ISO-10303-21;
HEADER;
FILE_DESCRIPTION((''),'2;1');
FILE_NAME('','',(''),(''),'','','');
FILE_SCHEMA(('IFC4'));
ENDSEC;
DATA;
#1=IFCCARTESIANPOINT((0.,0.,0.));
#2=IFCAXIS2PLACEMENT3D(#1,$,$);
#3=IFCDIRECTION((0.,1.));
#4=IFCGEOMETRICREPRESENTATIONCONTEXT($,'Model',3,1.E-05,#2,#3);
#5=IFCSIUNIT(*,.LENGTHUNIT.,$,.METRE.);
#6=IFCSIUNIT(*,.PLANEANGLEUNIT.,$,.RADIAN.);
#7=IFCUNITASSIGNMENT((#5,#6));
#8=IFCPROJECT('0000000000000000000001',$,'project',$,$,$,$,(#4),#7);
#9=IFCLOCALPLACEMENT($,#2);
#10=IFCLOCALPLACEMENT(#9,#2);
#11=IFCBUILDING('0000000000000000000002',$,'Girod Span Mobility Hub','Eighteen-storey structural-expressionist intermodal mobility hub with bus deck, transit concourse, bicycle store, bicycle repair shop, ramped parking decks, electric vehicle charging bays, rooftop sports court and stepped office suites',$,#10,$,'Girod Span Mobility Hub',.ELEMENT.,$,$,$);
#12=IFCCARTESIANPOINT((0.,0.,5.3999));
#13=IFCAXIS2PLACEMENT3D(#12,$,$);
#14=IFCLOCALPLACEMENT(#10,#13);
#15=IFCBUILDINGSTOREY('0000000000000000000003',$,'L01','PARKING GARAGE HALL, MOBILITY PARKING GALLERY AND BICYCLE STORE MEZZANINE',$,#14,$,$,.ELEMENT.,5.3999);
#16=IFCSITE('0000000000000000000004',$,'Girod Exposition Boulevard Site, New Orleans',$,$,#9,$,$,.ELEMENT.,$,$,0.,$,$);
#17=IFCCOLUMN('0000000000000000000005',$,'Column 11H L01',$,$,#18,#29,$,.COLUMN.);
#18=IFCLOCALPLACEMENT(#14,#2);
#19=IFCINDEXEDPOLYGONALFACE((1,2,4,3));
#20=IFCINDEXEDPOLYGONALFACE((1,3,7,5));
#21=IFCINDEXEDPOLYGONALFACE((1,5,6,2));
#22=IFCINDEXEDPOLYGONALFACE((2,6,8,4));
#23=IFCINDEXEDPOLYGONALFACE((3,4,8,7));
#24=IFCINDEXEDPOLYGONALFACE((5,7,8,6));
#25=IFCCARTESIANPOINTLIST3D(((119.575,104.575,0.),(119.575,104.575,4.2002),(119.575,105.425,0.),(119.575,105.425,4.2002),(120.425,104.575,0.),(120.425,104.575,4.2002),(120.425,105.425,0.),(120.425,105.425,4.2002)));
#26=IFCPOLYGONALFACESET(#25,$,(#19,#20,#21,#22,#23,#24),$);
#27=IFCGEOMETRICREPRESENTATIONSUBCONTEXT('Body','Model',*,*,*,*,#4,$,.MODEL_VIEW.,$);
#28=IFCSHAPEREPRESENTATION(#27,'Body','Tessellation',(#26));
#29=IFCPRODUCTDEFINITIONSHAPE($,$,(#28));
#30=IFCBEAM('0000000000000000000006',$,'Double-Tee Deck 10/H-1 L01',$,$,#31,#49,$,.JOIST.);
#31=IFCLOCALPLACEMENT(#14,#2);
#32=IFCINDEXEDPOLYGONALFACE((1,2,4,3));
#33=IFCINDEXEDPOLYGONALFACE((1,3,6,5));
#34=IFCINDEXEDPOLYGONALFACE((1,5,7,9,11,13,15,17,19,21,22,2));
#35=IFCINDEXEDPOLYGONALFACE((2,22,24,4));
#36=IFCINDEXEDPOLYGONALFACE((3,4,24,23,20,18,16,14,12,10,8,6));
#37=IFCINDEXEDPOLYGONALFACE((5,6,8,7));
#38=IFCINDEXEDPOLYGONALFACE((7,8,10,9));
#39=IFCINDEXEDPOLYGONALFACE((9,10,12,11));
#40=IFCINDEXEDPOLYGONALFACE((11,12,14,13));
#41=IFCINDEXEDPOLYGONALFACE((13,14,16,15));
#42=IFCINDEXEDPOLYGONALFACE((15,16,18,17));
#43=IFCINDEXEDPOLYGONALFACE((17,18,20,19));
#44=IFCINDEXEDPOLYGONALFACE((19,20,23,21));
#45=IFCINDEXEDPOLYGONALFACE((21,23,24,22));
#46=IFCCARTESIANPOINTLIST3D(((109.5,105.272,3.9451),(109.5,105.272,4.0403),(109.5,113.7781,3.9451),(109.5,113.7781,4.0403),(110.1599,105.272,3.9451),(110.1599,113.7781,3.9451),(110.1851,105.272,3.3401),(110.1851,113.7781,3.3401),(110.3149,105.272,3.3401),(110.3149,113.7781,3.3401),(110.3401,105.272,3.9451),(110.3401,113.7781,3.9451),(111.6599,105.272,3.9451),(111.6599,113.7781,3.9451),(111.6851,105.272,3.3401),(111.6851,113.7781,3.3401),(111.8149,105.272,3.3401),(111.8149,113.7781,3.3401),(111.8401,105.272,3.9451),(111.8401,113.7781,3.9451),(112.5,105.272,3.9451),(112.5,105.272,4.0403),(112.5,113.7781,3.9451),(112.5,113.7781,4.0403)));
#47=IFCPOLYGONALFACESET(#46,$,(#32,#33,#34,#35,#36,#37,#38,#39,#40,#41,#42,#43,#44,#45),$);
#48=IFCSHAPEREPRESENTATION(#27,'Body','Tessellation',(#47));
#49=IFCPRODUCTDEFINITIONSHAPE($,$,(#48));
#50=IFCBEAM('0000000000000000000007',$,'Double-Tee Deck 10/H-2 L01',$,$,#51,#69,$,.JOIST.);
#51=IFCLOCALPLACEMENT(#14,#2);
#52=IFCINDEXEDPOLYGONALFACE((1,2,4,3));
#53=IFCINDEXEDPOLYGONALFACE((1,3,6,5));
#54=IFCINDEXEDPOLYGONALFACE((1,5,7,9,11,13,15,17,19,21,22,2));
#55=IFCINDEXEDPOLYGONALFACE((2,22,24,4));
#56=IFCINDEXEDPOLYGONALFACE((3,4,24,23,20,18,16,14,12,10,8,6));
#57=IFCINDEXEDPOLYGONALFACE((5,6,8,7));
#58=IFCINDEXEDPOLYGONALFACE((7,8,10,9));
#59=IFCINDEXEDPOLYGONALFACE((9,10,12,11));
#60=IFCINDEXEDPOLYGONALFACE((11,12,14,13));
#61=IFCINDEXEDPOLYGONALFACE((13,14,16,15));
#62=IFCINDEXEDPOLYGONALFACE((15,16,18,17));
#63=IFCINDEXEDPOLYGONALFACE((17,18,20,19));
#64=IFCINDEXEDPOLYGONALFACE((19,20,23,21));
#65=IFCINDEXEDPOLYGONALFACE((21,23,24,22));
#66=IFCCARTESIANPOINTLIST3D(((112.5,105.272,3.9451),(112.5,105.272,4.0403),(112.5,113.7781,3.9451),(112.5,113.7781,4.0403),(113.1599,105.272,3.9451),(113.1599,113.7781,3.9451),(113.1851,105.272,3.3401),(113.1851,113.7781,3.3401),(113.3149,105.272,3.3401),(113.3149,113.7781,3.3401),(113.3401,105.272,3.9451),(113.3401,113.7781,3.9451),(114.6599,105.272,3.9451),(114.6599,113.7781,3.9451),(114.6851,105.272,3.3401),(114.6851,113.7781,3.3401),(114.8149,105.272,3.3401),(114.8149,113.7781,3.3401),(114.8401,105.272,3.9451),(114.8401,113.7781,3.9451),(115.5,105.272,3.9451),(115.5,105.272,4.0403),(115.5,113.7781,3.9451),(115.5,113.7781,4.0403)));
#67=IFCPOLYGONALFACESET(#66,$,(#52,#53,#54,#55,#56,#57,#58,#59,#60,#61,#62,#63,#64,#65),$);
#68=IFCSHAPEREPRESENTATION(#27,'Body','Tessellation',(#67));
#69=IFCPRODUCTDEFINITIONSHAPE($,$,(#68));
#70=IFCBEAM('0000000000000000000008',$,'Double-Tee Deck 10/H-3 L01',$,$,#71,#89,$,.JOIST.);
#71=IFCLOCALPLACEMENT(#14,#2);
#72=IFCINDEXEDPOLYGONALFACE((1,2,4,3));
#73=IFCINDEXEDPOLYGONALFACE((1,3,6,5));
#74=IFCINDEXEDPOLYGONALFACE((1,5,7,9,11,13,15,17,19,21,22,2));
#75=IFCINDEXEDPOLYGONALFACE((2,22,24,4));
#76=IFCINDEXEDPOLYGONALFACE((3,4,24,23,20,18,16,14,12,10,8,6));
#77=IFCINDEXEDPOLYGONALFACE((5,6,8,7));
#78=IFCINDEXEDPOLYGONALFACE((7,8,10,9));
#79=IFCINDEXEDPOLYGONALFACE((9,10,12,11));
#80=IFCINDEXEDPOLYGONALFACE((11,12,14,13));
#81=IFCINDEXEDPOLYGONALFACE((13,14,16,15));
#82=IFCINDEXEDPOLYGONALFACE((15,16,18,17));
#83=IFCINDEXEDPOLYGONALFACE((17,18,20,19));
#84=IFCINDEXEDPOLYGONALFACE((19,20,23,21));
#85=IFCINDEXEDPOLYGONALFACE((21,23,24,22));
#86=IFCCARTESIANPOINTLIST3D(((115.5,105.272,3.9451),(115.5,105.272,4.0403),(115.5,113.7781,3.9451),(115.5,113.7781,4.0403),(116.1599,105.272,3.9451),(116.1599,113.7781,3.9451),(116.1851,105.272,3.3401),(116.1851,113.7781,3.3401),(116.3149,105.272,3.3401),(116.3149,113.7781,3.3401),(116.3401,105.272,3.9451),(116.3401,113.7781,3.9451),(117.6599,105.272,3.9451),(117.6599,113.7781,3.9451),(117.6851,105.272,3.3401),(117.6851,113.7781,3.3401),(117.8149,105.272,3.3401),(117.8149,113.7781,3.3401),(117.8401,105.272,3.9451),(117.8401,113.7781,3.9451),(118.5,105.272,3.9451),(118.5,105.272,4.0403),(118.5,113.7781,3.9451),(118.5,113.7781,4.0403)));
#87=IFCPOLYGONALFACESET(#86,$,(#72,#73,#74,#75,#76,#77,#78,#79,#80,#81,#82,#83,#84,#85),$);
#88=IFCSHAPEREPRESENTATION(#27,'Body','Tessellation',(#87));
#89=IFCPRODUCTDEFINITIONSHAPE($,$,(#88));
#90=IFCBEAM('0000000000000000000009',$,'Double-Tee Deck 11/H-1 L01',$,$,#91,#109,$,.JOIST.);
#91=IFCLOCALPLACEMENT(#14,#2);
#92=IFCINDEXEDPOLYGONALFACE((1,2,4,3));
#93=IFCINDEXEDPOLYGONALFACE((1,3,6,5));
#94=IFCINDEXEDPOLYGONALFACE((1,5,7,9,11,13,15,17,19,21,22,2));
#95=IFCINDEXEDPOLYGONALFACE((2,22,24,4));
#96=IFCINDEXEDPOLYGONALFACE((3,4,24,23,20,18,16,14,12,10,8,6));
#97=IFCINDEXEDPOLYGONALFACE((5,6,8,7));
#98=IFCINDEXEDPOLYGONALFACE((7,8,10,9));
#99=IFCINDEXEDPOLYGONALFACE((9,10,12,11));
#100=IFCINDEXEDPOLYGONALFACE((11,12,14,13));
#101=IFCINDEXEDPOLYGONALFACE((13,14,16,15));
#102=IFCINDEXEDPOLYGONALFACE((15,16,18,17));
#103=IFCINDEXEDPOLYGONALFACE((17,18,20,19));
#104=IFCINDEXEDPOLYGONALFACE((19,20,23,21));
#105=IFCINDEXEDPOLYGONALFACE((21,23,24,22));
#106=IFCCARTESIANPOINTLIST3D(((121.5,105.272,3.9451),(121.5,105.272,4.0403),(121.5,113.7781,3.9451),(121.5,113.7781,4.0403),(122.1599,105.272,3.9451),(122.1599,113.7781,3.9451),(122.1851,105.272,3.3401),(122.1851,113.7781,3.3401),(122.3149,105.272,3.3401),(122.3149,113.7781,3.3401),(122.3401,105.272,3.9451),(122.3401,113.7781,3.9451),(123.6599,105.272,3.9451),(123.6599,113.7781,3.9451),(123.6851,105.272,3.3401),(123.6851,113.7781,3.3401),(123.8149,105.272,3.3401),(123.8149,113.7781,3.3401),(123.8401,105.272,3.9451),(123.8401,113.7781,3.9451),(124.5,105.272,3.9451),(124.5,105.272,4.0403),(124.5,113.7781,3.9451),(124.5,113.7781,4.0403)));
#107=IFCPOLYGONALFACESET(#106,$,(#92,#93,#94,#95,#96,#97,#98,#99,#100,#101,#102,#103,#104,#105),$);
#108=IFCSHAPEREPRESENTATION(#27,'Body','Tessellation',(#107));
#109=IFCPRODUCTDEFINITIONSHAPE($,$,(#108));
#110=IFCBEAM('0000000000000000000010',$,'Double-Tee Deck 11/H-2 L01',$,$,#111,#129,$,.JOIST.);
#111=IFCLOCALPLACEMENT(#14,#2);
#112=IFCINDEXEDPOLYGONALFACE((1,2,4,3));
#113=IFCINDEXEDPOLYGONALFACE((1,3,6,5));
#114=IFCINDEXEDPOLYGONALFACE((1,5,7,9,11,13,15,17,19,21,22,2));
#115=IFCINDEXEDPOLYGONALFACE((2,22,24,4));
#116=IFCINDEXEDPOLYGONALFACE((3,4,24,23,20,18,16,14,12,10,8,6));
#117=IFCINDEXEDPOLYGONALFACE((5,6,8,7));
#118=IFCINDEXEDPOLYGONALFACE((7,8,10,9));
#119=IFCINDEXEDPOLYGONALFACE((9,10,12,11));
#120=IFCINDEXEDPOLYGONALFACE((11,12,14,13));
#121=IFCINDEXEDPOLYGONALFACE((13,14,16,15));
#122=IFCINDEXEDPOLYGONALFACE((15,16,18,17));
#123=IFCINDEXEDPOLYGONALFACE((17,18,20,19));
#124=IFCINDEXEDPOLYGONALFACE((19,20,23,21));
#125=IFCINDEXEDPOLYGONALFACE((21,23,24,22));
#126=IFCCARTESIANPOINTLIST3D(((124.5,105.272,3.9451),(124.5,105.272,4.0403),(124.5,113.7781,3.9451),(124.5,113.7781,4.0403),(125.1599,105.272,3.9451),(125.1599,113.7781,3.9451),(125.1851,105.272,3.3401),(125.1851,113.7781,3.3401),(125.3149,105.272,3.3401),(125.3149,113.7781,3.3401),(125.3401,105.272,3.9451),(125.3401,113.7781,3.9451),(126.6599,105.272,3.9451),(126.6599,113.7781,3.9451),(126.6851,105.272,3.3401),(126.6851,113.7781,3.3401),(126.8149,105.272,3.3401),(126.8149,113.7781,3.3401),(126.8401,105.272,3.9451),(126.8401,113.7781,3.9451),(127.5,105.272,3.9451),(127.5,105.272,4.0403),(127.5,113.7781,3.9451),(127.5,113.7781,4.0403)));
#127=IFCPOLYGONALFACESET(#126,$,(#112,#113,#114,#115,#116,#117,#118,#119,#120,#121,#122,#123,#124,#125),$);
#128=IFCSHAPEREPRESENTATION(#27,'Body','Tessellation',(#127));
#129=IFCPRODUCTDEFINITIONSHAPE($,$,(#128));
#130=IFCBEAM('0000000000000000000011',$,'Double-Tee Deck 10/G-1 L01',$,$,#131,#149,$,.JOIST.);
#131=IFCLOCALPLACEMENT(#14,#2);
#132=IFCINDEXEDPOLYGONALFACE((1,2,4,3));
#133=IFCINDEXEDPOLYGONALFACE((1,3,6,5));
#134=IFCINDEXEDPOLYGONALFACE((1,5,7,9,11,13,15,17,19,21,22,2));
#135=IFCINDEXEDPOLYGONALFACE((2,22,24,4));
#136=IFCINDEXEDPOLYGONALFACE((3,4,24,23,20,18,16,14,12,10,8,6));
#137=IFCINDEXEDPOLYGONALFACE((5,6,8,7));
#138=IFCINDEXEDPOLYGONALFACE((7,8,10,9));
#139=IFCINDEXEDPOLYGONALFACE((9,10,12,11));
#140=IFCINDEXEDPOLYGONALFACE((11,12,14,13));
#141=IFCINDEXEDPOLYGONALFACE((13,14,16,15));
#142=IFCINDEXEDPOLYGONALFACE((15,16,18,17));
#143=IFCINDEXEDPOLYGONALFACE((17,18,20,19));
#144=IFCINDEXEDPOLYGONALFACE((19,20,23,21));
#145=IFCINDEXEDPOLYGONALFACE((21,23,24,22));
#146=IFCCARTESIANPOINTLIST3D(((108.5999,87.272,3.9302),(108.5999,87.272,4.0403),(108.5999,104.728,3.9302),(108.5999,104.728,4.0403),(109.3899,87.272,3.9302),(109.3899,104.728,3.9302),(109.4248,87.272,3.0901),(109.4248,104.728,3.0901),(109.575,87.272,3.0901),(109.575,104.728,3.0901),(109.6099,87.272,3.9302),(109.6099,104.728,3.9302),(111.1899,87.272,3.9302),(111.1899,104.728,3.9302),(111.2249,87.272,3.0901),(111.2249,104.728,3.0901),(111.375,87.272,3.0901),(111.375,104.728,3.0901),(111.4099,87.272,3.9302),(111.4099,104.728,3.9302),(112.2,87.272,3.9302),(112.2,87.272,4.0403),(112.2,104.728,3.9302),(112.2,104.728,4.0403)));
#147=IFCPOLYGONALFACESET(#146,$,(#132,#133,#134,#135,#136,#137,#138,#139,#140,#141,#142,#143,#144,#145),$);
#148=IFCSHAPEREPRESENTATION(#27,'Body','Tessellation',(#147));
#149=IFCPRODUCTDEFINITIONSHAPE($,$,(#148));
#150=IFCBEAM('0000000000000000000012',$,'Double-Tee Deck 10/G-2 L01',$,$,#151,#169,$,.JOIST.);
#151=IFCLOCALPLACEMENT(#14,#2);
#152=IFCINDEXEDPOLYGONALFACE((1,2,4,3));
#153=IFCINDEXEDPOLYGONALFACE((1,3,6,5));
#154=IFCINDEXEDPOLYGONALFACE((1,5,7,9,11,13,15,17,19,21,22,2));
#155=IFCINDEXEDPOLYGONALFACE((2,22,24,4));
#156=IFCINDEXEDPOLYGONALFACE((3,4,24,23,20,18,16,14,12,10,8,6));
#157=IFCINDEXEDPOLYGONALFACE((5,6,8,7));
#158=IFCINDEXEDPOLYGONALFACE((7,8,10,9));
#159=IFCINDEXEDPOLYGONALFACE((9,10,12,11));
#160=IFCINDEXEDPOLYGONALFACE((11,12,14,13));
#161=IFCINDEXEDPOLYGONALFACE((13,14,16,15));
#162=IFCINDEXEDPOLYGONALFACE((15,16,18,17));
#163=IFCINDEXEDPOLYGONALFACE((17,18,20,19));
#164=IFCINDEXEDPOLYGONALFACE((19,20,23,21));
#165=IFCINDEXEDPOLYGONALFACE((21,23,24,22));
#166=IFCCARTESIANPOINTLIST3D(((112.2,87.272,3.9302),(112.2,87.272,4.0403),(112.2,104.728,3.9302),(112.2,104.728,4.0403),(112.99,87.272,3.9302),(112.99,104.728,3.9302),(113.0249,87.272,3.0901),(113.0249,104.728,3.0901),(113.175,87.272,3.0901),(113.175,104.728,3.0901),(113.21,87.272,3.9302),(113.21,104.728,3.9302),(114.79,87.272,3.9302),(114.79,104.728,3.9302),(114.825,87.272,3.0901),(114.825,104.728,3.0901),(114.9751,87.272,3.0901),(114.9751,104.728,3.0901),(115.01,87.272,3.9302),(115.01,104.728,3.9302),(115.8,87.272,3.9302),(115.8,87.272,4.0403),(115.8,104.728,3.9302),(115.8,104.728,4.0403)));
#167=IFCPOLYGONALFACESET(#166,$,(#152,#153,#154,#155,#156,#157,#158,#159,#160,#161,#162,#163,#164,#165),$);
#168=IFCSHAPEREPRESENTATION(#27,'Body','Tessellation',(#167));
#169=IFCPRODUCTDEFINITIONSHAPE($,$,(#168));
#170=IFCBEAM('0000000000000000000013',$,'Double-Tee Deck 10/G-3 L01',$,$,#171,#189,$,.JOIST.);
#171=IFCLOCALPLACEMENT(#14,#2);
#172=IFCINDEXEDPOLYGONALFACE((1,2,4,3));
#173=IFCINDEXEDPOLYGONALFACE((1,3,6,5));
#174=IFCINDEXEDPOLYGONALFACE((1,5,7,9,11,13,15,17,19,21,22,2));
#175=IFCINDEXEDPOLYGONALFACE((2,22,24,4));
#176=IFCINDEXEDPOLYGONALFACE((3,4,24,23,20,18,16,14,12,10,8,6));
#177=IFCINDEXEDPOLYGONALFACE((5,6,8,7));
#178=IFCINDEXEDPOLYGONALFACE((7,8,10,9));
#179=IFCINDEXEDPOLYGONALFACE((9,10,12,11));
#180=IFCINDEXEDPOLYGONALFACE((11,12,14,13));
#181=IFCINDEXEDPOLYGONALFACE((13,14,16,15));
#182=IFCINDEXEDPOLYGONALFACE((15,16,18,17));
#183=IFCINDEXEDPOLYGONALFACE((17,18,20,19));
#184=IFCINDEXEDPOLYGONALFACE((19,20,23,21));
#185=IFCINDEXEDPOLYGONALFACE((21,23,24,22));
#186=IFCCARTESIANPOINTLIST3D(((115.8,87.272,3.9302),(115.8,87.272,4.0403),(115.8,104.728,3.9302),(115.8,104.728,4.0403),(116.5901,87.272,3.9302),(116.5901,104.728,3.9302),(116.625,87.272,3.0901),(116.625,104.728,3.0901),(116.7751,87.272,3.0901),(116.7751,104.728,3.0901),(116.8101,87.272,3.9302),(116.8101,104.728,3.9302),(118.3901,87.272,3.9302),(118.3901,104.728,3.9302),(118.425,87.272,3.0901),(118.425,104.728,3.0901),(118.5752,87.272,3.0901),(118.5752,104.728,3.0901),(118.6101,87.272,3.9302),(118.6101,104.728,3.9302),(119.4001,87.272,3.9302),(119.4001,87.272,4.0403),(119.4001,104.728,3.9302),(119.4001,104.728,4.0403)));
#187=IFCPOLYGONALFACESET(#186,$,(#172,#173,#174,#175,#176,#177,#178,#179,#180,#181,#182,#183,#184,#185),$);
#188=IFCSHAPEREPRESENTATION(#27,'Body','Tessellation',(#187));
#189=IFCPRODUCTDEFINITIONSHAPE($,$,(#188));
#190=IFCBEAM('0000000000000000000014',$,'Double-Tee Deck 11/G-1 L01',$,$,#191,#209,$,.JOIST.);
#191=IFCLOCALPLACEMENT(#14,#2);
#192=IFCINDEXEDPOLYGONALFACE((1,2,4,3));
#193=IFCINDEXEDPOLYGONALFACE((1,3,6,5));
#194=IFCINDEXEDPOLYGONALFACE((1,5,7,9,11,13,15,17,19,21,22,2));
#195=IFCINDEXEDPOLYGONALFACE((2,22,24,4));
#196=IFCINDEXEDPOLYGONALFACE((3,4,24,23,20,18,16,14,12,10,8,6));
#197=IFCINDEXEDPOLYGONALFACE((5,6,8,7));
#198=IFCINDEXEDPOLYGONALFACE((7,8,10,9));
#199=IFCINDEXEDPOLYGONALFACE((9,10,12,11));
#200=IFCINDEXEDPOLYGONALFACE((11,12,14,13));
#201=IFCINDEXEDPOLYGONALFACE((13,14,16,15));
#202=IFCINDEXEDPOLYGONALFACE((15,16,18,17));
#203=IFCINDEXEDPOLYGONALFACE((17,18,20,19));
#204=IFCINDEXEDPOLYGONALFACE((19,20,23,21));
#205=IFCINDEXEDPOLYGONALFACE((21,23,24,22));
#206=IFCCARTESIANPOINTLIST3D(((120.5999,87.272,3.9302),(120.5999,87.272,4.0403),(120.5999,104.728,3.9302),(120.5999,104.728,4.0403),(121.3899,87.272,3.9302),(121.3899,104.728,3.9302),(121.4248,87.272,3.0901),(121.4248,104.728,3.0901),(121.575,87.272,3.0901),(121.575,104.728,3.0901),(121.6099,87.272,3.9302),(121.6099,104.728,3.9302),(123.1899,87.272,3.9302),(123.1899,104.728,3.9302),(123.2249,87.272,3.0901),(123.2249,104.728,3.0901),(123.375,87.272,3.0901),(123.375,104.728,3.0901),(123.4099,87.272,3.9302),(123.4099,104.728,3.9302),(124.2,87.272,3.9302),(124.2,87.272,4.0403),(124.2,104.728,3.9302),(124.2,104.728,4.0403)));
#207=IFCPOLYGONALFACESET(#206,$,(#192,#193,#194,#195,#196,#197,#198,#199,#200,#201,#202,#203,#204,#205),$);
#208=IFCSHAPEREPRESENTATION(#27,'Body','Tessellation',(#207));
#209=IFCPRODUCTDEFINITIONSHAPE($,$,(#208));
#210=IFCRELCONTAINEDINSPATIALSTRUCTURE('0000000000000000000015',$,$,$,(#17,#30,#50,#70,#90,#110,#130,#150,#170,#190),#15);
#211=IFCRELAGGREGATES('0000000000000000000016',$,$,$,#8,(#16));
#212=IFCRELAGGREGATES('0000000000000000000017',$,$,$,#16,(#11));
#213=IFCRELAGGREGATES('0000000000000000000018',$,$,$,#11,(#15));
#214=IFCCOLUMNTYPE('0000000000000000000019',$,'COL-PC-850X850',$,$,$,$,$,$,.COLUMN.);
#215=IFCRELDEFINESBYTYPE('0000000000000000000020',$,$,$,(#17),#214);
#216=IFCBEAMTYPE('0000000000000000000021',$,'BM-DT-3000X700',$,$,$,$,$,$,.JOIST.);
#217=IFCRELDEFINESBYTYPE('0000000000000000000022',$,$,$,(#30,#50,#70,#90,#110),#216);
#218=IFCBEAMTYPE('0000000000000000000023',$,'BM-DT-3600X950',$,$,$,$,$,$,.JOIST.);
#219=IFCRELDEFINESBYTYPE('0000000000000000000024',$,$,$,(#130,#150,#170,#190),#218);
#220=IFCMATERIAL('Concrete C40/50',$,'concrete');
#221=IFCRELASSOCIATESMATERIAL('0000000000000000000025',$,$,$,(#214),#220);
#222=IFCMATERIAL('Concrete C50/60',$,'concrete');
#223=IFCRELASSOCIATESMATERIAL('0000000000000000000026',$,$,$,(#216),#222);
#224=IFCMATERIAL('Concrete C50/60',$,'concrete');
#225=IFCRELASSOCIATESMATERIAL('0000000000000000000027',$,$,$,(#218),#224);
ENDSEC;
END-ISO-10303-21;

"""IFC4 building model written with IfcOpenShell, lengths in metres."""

from ifc_helpers import new_model, si_unit, direction, frame, origin, origin_2d, place, context, subcontext, project, spatial, polyline, rectangle, outline, extrude, material, material_profile, profile_set, type_object, element, save


model = new_model("IFC4")

# Units and contexts
model_context = context("Model", 3, precision=1e-05, world=origin(), true_north=direction((0.0, 1.0)))
body_context = subcontext(model_context, "Body", "Model", "MODEL_VIEW")
ifc_project = project(units=[si_unit("LENGTHUNIT", "METRE"), si_unit("PLANEANGLEUNIT", "RADIAN")], contexts=[model_context])

# Site, building, storey
site_placement = place(None, origin())
site = spatial("IfcSite", under=ifc_project, at=site_placement, Name="Girod Exposition Boulevard Site, New Orleans", CompositionType="ELEMENT", RefElevation=0.0)
building_placement = place(site_placement, origin())
building = spatial("IfcBuilding", under=site, at=building_placement, Name="Girod Span Mobility Hub", Description="Eighteen-storey structural-expressionist intermodal mobility hub with bus deck, transit concourse, bicycle store, bicycle repair shop, ramped parking decks, electric vehicle charging bays, rooftop sports court and stepped office suites", LongName="Girod Span Mobility Hub", CompositionType="ELEMENT")
storey_placement = place(building_placement, frame((0.0, 0.0, 5.3999)))
storey = spatial("IfcBuildingStorey", under=building, at=storey_placement, Name="L01", Description="PARKING GARAGE HALL, MOBILITY PARKING GALLERY AND BICYCLE STORE MEZZANINE", CompositionType="ELEMENT", Elevation=5.3999)

# Column
ifc_material_1 = material(Name="Concrete C40/50", Category="concrete")
ifc_material_profile_1 = material_profile(ifc_material_1, rectangle(XDim=0.8501, YDim=0.8501, at=origin_2d()), Name="PC-COL-850X850")
ifc_profile_set_1 = profile_set([ifc_material_profile_1], Name="Concrete C40/50")
column_type = type_object("IfcColumnType", Name="COL-PC-850X850", PredefinedType="COLUMN", material=ifc_profile_set_1)
column_placement = place(storey_placement, frame((120.0, 105.0, 0.0), z_axis=(0.0, 0.0, 1.0), x_axis=(1.0, 0.0, 0.0)))
element("IfcColumn", 1, at=column_placement, inside=storey, type_object=column_type, Name="Column 11H L01", PredefinedType="COLUMN", context=body_context, shape_type="SweptSolid", body=[
    extrude(rectangle(XDim=0.8501, YDim=0.8501, at=origin_2d()), origin(), (0.0, 0.0, 1.0), 4.2002),
])

# Beams
ifc_material_2 = material(Name="Concrete C50/60", Category="concrete")
ifc_material_profile_2 = material_profile(ifc_material_2, outline(polyline([(-1.5, 0.3501), (-1.5, 0.2549), (-0.8401, 0.2549), (-0.8149, -0.3501), (-0.6851, -0.3501), (-0.6599, 0.2549), (0.6599, 0.2549), (0.6851, -0.3501), (0.8149, -0.3501), (0.8401, 0.2549), (1.5, 0.2549), (1.5, 0.3501), (-1.5, 0.3501)])), Name="DT-3000X700")
ifc_profile_set_2 = profile_set([ifc_material_profile_2], Name="Concrete C50/60")
beam_type_1 = type_object("IfcBeamType", Name="BM-DT-3000X700", PredefinedType="JOIST", material=ifc_profile_set_2)
for number, where, z_axis, x_axis, name in (
    (2, (111.0, 105.272, 3.6902), (0.0, 1.0, 0.0), (-1.0, 0.0, 0.0), "Double-Tee Deck 10/H-1 L01"),
    (3, (114.0, 105.272, 3.6902), (0.0, 1.0, 0.0), (-1.0, 0.0, 0.0), "Double-Tee Deck 10/H-2 L01"),
    (4, (117.0, 105.272, 3.6902), (0.0, 1.0, 0.0), (-1.0, 0.0, 0.0), "Double-Tee Deck 10/H-3 L01"),
    (5, (123.0, 105.272, 3.6902), (0.0, 1.0, 0.0), (-1.0, 0.0, 0.0), "Double-Tee Deck 11/H-1 L01"),
    (6, (126.0, 105.272, 3.6902), (0.0, 1.0, 0.0), (-1.0, 0.0, 0.0), "Double-Tee Deck 11/H-2 L01"),
):
    element("IfcBeam", number, at=place(storey_placement, frame(where, z_axis=z_axis, x_axis=x_axis)), inside=storey, type_object=beam_type_1, Name=name, PredefinedType="JOIST", context=body_context, shape_type="SweptSolid", body=[
        extrude(outline(polyline([(-1.5, 0.3501), (-1.5, 0.2549), (-0.8401, 0.2549), (-0.8149, -0.3501), (-0.6851, -0.3501), (-0.6599, 0.2549), (0.6599, 0.2549), (0.6851, -0.3501), (0.8149, -0.3501), (0.8401, 0.2549), (1.5, 0.2549), (1.5, 0.3501), (-1.5, 0.3501)])), origin(), (0.0, 0.0, 1.0), 8.5061),
    ])
ifc_material_3 = material(Name="Concrete C50/60", Category="concrete")
ifc_material_profile_3 = material_profile(ifc_material_3, outline(polyline([(-1.8, 0.4751), (-1.8, 0.365), (-1.01, 0.365), (-0.9751, -0.4751), (-0.825, -0.4751), (-0.79, 0.365), (0.79, 0.365), (0.825, -0.4751), (0.9751, -0.4751), (1.01, 0.365), (1.8, 0.365), (1.8, 0.4751), (-1.8, 0.4751)])), Name="DT-3600X950")
ifc_profile_set_3 = profile_set([ifc_material_profile_3], Name="Concrete C50/60")
beam_type_2 = type_object("IfcBeamType", Name="BM-DT-3600X950", PredefinedType="JOIST", material=ifc_profile_set_3)
for number, where, z_axis, x_axis, name in (
    (7, (110.3999, 87.272, 3.5652), (0.0, 1.0, 0.0), (-1.0, 0.0, 0.0), "Double-Tee Deck 10/G-1 L01"),
    (8, (114.0, 87.272, 3.5652), (0.0, 1.0, 0.0), (-1.0, 0.0, 0.0), "Double-Tee Deck 10/G-2 L01"),
    (9, (117.6001, 87.272, 3.5652), (0.0, 1.0, 0.0), (-1.0, 0.0, 0.0), "Double-Tee Deck 10/G-3 L01"),
    (10, (122.3999, 87.272, 3.5652), (0.0, 1.0, 0.0), (-1.0, 0.0, 0.0), "Double-Tee Deck 11/G-1 L01"),
):
    element("IfcBeam", number, at=place(storey_placement, frame(where, z_axis=z_axis, x_axis=x_axis)), inside=storey, type_object=beam_type_2, Name=name, PredefinedType="JOIST", context=body_context, shape_type="SweptSolid", body=[
        extrude(outline(polyline([(-1.8, 0.4751), (-1.8, 0.365), (-1.01, 0.365), (-0.9751, -0.4751), (-0.825, -0.4751), (-0.79, 0.365), (0.79, 0.365), (0.825, -0.4751), (0.9751, -0.4751), (1.01, 0.365), (1.8, 0.365), (1.8, 0.4751), (-1.8, 0.4751)])), origin(), (0.0, 0.0, 1.0), 17.4561),
    ])

save(model, "model.ifc")
